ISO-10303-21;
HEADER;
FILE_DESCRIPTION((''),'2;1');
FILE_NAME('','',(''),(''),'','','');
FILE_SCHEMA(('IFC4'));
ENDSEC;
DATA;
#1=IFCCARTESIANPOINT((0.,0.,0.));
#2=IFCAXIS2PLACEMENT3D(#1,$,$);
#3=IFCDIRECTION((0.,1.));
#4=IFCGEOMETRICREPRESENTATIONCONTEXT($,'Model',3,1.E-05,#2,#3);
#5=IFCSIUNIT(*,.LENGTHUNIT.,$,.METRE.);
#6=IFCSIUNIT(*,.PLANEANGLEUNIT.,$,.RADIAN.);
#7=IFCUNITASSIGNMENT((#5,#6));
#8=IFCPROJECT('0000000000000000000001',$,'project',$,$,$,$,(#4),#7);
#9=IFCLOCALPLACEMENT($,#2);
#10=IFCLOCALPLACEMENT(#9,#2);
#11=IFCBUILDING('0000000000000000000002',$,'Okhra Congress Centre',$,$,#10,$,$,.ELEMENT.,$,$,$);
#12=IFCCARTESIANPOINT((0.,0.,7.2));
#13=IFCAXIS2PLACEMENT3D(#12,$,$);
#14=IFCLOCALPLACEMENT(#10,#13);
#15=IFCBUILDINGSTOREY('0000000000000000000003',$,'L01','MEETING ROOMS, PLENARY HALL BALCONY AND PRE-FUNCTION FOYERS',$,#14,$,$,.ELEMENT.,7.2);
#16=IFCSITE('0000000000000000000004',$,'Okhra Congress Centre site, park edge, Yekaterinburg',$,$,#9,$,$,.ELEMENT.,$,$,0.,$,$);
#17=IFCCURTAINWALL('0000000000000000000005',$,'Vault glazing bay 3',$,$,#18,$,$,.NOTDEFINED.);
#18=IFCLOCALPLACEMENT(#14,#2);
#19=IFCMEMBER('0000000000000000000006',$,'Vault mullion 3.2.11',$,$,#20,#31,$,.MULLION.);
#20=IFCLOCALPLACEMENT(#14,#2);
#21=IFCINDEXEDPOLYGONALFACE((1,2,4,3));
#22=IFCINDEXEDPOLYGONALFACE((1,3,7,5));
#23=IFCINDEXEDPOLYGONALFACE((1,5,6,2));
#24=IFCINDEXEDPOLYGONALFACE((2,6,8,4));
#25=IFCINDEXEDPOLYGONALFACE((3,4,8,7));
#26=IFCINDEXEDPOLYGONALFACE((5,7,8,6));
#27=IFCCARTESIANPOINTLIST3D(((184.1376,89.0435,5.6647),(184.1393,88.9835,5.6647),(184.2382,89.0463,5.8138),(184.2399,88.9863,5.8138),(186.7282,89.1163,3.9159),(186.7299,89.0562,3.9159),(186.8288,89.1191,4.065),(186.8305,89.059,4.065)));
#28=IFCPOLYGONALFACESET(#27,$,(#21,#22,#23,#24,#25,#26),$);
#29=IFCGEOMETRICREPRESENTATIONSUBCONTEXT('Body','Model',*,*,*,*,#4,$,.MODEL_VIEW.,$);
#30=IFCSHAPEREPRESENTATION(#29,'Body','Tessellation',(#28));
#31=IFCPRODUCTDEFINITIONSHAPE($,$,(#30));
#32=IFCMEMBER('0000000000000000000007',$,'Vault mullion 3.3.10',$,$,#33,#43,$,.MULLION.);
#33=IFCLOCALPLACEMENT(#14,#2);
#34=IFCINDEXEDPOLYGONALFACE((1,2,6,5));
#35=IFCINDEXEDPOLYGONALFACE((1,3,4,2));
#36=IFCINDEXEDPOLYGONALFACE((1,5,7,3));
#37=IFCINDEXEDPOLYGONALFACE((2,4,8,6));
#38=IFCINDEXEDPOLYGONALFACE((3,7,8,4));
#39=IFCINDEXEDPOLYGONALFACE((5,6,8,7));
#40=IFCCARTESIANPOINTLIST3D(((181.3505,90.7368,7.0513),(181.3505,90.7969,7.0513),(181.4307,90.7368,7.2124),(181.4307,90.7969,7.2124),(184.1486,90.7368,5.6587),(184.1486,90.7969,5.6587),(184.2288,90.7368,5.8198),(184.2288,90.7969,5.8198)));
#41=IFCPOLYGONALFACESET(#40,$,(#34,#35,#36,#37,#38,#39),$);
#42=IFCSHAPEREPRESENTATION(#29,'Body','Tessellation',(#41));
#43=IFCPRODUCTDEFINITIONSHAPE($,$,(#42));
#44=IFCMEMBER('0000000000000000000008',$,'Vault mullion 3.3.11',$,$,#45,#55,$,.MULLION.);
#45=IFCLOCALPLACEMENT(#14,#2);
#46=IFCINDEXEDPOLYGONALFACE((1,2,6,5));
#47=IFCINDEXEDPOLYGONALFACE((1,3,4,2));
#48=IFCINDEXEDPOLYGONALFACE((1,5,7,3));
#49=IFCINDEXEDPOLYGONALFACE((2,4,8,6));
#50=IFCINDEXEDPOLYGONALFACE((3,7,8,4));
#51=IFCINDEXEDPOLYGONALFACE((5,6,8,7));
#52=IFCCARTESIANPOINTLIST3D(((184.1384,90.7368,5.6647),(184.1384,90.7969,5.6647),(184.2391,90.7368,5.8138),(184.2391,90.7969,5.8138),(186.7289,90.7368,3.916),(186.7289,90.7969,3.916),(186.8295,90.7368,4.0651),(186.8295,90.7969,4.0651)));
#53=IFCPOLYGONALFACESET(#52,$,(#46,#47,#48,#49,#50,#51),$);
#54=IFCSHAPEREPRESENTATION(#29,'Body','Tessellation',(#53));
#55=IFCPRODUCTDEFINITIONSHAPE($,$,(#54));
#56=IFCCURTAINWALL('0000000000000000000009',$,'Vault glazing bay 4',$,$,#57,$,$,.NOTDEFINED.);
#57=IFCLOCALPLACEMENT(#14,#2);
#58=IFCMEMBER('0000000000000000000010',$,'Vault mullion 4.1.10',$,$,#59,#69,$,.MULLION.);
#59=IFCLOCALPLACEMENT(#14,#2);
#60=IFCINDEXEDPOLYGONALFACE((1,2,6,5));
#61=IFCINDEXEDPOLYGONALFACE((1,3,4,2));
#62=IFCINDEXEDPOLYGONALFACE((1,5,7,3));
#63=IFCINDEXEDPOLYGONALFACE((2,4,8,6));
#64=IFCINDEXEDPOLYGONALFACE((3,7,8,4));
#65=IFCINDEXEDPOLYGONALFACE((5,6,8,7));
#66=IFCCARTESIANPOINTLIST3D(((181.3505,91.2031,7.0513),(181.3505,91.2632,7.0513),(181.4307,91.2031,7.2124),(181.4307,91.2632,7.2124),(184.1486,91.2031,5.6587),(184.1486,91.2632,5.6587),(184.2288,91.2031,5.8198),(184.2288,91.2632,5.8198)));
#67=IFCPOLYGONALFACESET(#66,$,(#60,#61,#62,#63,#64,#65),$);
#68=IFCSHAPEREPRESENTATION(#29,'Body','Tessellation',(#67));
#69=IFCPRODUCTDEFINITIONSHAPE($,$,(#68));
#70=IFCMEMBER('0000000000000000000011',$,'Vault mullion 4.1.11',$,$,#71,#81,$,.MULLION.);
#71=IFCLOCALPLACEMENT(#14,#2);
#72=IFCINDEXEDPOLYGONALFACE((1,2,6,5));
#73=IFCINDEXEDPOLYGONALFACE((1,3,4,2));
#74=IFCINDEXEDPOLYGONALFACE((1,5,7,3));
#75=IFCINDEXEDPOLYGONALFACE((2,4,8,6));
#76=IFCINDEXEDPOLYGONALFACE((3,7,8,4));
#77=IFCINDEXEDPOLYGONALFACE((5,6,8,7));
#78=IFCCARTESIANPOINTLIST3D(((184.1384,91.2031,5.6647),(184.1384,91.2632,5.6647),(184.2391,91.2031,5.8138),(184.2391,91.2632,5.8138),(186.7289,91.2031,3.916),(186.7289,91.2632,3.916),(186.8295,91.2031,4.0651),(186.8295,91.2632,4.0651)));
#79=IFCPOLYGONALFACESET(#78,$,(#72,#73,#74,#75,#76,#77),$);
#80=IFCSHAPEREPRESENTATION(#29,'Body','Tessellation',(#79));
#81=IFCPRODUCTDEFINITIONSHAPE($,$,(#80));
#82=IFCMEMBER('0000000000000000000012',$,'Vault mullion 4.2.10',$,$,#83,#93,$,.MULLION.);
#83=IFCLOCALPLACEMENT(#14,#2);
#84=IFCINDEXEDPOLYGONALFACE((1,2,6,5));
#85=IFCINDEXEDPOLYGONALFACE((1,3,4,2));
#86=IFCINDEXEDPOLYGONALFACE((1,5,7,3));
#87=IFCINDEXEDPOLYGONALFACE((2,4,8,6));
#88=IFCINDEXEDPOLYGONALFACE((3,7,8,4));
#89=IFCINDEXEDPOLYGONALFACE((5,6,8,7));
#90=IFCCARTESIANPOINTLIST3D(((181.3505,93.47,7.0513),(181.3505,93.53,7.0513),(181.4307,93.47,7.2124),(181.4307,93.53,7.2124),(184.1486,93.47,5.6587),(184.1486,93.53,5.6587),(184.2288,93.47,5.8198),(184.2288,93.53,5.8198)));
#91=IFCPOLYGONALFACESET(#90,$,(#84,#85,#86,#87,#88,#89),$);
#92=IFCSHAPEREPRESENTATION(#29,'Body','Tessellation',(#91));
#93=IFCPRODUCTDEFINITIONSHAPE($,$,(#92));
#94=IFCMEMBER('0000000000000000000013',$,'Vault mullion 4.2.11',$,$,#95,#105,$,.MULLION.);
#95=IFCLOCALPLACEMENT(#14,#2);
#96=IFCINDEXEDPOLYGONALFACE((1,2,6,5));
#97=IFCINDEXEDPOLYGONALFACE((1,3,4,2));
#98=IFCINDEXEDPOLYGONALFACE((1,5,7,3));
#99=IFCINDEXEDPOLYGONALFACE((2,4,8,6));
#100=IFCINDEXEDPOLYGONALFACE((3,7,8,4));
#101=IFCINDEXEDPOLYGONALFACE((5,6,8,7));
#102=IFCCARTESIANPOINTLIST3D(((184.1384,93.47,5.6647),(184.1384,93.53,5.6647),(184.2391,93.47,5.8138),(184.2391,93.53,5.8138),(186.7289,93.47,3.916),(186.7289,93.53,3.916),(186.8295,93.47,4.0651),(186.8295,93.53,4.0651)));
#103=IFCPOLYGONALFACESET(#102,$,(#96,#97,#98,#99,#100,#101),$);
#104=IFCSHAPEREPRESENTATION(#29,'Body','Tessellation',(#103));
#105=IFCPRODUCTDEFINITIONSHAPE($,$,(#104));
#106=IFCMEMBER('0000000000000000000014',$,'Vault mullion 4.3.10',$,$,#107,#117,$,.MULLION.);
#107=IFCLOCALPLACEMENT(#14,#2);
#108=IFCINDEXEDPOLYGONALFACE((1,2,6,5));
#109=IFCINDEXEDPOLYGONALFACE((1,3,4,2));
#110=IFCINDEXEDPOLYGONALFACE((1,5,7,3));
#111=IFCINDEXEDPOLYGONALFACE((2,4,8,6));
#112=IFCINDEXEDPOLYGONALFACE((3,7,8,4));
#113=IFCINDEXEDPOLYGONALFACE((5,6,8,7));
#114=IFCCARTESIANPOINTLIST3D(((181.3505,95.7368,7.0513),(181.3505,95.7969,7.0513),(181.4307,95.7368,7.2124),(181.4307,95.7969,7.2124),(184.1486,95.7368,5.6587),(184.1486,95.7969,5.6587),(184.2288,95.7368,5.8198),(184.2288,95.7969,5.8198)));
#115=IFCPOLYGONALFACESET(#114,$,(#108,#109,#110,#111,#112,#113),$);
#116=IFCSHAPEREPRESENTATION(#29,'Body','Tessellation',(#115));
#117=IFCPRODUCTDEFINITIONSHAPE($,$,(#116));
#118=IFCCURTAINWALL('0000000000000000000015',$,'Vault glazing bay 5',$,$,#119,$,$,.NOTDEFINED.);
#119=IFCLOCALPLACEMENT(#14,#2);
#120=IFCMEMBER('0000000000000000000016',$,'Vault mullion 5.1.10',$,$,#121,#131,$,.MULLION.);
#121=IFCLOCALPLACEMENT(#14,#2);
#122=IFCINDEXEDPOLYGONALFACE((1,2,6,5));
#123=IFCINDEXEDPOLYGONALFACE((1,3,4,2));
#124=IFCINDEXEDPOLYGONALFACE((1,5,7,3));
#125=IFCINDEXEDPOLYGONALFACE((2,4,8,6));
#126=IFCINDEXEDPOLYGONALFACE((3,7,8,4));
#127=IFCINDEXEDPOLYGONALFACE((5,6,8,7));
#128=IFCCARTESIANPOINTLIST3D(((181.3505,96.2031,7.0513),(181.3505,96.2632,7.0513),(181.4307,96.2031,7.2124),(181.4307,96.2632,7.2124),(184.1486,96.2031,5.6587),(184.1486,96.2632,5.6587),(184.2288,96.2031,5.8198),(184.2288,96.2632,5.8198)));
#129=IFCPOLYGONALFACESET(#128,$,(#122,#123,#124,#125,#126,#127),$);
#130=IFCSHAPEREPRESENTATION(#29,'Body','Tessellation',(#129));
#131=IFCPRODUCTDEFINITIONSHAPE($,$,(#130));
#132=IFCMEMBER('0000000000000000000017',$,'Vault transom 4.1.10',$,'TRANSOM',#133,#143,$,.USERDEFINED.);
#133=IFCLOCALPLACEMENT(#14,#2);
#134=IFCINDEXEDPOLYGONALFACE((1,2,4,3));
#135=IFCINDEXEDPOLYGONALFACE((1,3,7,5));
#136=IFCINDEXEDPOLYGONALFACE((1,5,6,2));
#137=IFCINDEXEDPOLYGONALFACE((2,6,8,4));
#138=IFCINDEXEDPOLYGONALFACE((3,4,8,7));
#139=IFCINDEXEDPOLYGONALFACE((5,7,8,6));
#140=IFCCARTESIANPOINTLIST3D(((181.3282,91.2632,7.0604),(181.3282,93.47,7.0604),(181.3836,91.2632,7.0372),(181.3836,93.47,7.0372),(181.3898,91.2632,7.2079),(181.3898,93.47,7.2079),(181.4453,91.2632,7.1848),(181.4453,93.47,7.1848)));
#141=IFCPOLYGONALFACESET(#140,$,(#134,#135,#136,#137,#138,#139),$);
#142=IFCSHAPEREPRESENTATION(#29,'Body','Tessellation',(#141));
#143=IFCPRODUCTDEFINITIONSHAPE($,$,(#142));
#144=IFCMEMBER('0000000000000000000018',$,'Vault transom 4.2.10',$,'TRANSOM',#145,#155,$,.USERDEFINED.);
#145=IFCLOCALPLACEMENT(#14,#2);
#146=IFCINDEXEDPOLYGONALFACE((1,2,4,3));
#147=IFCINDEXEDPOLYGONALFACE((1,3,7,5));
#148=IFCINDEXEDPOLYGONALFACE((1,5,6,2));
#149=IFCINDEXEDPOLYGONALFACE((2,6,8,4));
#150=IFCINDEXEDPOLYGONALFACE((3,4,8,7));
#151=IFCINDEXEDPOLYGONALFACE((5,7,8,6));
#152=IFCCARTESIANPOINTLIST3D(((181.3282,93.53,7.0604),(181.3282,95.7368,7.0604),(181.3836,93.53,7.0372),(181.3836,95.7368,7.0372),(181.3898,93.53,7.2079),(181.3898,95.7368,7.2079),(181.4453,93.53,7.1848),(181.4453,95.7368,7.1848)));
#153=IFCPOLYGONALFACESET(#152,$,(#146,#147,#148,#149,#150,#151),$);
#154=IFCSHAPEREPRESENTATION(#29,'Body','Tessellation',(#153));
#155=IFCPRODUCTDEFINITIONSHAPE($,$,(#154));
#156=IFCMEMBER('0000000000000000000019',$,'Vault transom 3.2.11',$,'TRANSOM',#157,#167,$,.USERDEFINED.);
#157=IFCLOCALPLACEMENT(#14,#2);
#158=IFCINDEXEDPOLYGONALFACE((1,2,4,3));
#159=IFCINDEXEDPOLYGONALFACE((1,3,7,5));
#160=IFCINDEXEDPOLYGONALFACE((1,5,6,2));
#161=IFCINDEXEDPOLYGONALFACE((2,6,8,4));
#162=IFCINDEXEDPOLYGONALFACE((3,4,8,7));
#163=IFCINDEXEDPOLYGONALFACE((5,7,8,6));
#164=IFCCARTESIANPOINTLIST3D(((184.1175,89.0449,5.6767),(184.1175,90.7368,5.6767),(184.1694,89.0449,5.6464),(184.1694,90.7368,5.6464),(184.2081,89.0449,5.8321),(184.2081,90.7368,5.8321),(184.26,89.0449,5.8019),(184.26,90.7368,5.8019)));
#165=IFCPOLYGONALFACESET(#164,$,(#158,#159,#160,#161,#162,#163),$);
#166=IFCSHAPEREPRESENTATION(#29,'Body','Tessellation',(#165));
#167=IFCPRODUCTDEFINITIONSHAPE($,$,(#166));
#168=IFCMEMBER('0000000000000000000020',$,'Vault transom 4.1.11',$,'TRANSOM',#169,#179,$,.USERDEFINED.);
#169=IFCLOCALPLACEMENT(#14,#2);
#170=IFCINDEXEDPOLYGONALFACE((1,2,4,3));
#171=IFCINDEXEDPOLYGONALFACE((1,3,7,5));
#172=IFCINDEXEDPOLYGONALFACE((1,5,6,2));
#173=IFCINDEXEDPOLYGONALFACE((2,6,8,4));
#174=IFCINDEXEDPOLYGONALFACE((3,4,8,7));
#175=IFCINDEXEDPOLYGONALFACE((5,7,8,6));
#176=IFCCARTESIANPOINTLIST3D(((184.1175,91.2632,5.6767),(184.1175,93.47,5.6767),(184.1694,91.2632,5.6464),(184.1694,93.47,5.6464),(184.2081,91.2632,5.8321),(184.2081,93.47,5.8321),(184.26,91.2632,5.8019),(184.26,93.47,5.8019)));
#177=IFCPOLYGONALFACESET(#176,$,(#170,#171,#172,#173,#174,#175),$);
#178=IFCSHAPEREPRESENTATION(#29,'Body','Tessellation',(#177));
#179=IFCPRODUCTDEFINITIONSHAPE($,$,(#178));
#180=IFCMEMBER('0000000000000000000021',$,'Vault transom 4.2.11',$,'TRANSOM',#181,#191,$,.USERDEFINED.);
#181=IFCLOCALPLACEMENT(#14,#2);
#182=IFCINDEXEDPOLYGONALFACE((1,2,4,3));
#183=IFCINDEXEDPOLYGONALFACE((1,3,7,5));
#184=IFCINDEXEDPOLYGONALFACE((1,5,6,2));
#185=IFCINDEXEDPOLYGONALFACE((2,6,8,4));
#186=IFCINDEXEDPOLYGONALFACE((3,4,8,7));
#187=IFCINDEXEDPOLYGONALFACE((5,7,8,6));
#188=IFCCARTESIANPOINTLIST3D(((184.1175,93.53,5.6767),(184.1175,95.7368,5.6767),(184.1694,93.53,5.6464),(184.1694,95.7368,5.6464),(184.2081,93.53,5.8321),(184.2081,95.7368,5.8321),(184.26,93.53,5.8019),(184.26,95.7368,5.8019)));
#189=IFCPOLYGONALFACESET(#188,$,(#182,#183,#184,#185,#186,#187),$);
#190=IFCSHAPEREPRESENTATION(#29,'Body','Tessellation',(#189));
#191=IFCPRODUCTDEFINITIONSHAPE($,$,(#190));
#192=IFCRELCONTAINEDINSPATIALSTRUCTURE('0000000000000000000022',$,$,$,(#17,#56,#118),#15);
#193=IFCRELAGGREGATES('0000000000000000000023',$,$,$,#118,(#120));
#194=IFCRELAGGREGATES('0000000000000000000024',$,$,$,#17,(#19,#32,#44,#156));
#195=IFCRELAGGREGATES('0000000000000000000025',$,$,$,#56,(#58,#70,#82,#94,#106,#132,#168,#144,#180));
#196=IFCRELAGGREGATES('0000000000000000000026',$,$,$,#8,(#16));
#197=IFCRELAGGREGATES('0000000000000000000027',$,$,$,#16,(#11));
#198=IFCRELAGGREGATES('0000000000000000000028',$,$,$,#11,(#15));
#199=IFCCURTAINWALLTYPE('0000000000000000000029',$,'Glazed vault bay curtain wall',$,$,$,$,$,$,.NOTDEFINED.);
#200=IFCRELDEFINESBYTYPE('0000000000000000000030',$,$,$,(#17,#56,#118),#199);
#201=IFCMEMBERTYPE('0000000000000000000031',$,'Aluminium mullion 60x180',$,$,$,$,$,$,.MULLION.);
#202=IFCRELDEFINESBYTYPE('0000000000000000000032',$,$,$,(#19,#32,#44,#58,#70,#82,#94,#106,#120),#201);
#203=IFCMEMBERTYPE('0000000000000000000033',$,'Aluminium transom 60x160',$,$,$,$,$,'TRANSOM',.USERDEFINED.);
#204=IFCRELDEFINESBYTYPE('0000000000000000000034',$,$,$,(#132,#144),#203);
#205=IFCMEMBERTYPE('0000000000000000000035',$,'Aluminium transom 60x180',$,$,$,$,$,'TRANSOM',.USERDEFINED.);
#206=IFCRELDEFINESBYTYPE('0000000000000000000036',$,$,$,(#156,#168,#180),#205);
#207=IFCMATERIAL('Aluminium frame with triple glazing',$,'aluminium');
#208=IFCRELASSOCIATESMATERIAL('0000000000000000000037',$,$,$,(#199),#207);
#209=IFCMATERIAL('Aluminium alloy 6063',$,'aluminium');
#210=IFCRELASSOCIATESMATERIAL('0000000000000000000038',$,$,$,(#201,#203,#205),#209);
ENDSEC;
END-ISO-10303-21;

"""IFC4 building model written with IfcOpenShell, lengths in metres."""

from ifc_helpers import new_model, si_unit, direction, frame, origin, origin_2d, place, context, subcontext, project, spatial, rectangle, extrude, material, material_profile, profile_set, type_object, element, aggregate, save


model = new_model("IFC4")

# Units and contexts
model_context = context("Model", 3, precision=1e-05, world=origin(), true_north=direction((0.0, 1.0)))
body_context = subcontext(model_context, "Body", "Model", "MODEL_VIEW")
ifc_project = project(units=[si_unit("LENGTHUNIT", "METRE"), si_unit("PLANEANGLEUNIT", "RADIAN")], contexts=[model_context])

# Site, building, storey
site_placement = place(None, origin())
site = spatial("IfcSite", under=ifc_project, at=site_placement, Name="Okhra Congress Centre site, park edge, Yekaterinburg", CompositionType="ELEMENT", RefElevation=0.0)
building_placement = place(site_placement, origin())
building = spatial("IfcBuilding", under=site, at=building_placement, Name="Okhra Congress Centre", CompositionType="ELEMENT")
storey_placement = place(building_placement, frame((0.0, 0.0, 7.2)))
storey = spatial("IfcBuildingStorey", under=building, at=storey_placement, Name="L01", Description="MEETING ROOMS, PLENARY HALL BALCONY AND PRE-FUNCTION FOYERS", CompositionType="ELEMENT", Elevation=7.2)

# Curtain walls, members
ifc_material_1 = material(Name="Aluminium frame with triple glazing", Category="aluminium")
curtain_wall_type = type_object("IfcCurtainWallType", Name="Glazed vault bay curtain wall", PredefinedType="NOTDEFINED", material=ifc_material_1)
curtain_wall_1_placement = place(storey_placement, origin())
curtain_wall_1 = element("IfcCurtainWall", 1, at=curtain_wall_1_placement, inside=storey, type_object=curtain_wall_type, Name="Vault glazing bay 3", PredefinedType="NOTDEFINED")
ifc_material_2 = material(Name="Aluminium alloy 6063", Category="aluminium")
ifc_material_profile_1 = material_profile(ifc_material_2, rectangle(XDim=0.0601, YDim=0.1799, at=origin_2d()), Name="AL 60x180")
ifc_profile_set_1 = profile_set([ifc_material_profile_1], Name="Aluminium alloy 6063")
member_type_1 = type_object("IfcMemberType", Name="Aluminium mullion 60x180", PredefinedType="MULLION", material=ifc_profile_set_1)
member_1_placement = place(storey_placement, frame((184.1887, 89.0149, 5.7393), z_axis=(0.828603, 0.023271, -0.559352), x_axis=(-0.028073, 0.999606, 0.0)))
member_1 = element("IfcMember", 2, at=member_1_placement, type_object=member_type_1, Name="Vault mullion 3.2.11", PredefinedType="MULLION", context=body_context, shape_type="SweptSolid", body=[
    extrude(rectangle(XDim=0.0601, YDim=0.1799, at=origin_2d()), origin(), (0.0, 0.0, 1.0), 3.1265),
])
member_2_placement = place(storey_placement, frame((181.3906, 90.7668, 7.1318), z_axis=(0.895254, 0.0, -0.445557), x_axis=(0.0, 1.0, 0.0)))
member_2 = element("IfcMember", 3, at=member_2_placement, type_object=member_type_1, Name="Vault mullion 3.3.10", PredefinedType="MULLION", context=body_context, shape_type="SweptSolid", body=[
    extrude(rectangle(XDim=0.0601, YDim=0.1799, at=origin_2d()), origin(), (0.0, 0.0, 1.0), 3.1255),
])
member_3_placement = place(storey_placement, frame((184.1887, 90.7668, 5.7393), z_axis=(0.828828, 0.0, -0.559504), x_axis=(0.0, 1.0, 0.0)))
member_3 = element("IfcMember", 4, at=member_3_placement, type_object=member_type_1, Name="Vault mullion 3.3.11", PredefinedType="MULLION", context=body_context, shape_type="SweptSolid", body=[
    extrude(rectangle(XDim=0.0601, YDim=0.1799, at=origin_2d()), origin(), (0.0, 0.0, 1.0), 3.1255),
])
curtain_wall_2_placement = place(storey_placement, origin())
curtain_wall_2 = element("IfcCurtainWall", 5, at=curtain_wall_2_placement, inside=storey, type_object=curtain_wall_type, Name="Vault glazing bay 4", PredefinedType="NOTDEFINED")
member_4_placement = place(storey_placement, frame((181.3906, 91.2332, 7.1318), z_axis=(0.895254, 0.0, -0.445557), x_axis=(0.0, 1.0, 0.0)))
member_4 = element("IfcMember", 6, at=member_4_placement, type_object=member_type_1, Name="Vault mullion 4.1.10", PredefinedType="MULLION", context=body_context, shape_type="SweptSolid", body=[
    extrude(rectangle(XDim=0.0601, YDim=0.1799, at=origin_2d()), origin(), (0.0, 0.0, 1.0), 3.1255),
])
member_5_placement = place(storey_placement, frame((184.1887, 91.2332, 5.7393), z_axis=(0.828828, 0.0, -0.559504), x_axis=(0.0, 1.0, 0.0)))
member_5 = element("IfcMember", 7, at=member_5_placement, type_object=member_type_1, Name="Vault mullion 4.1.11", PredefinedType="MULLION", context=body_context, shape_type="SweptSolid", body=[
    extrude(rectangle(XDim=0.0601, YDim=0.1799, at=origin_2d()), origin(), (0.0, 0.0, 1.0), 3.1255),
])
member_6_placement = place(storey_placement, frame((181.3906, 93.5, 7.1318), z_axis=(0.895254, 0.0, -0.445557), x_axis=(0.0, 1.0, 0.0)))
member_6 = element("IfcMember", 8, at=member_6_placement, type_object=member_type_1, Name="Vault mullion 4.2.10", PredefinedType="MULLION", context=body_context, shape_type="SweptSolid", body=[
    extrude(rectangle(XDim=0.0601, YDim=0.1799, at=origin_2d()), origin(), (0.0, 0.0, 1.0), 3.1255),
])
member_7_placement = place(storey_placement, frame((184.1887, 93.5, 5.7393), z_axis=(0.828828, 0.0, -0.559504), x_axis=(0.0, 1.0, 0.0)))
member_7 = element("IfcMember", 9, at=member_7_placement, type_object=member_type_1, Name="Vault mullion 4.2.11", PredefinedType="MULLION", context=body_context, shape_type="SweptSolid", body=[
    extrude(rectangle(XDim=0.0601, YDim=0.1799, at=origin_2d()), origin(), (0.0, 0.0, 1.0), 3.1255),
])
member_8_placement = place(storey_placement, frame((181.3906, 95.7668, 7.1318), z_axis=(0.895254, 0.0, -0.445557), x_axis=(0.0, 1.0, 0.0)))
member_8 = element("IfcMember", 10, at=member_8_placement, type_object=member_type_1, Name="Vault mullion 4.3.10", PredefinedType="MULLION", context=body_context, shape_type="SweptSolid", body=[
    extrude(rectangle(XDim=0.0601, YDim=0.1799, at=origin_2d()), origin(), (0.0, 0.0, 1.0), 3.1255),
])

# Curtain wall, member
curtain_wall_3_placement = place(storey_placement, origin())
curtain_wall_3 = element("IfcCurtainWall", 11, at=curtain_wall_3_placement, inside=storey, type_object=curtain_wall_type, Name="Vault glazing bay 5", PredefinedType="NOTDEFINED")
member_9_placement = place(storey_placement, frame((181.3906, 96.2332, 7.1318), z_axis=(0.895254, 0.0, -0.445557), x_axis=(0.0, 1.0, 0.0)))
member_9 = element("IfcMember", 12, at=member_9_placement, type_object=member_type_1, Name="Vault mullion 5.1.10", PredefinedType="MULLION", context=body_context, shape_type="SweptSolid", body=[
    extrude(rectangle(XDim=0.0601, YDim=0.1799, at=origin_2d()), origin(), (0.0, 0.0, 1.0), 3.1255),
])
aggregate(curtain_wall_3, [member_9])

# Members
ifc_material_profile_2 = material_profile(ifc_material_2, rectangle(XDim=0.0601, YDim=0.1599, at=origin_2d()), Name="AL 60x160 transom")
ifc_profile_set_2 = profile_set([ifc_material_profile_2], Name="Aluminium alloy 6063")
member_type_2 = type_object("IfcMemberType", Name="Aluminium transom 60x160", ElementType="TRANSOM", PredefinedType="USERDEFINED", material=ifc_profile_set_2)
member_10_placement = place(storey_placement, frame((181.3867, 91.2632, 7.1226), z_axis=(0.0, 1.0, 0.0), x_axis=(-0.922669, 0.0, 0.385593)))
member_10 = element("IfcMember", 13, at=member_10_placement, type_object=member_type_2, Name="Vault transom 4.1.10", ObjectType="TRANSOM", PredefinedType="USERDEFINED", context=body_context, shape_type="SweptSolid", body=[
    extrude(rectangle(XDim=0.0601, YDim=0.1599, at=origin_2d()), origin(), (0.0, 0.0, 1.0), 2.2068),
])
member_11_placement = place(storey_placement, frame((181.3867, 93.53, 7.1226), z_axis=(0.0, 1.0, 0.0), x_axis=(-0.922669, 0.0, 0.385593)))
member_11 = element("IfcMember", 14, at=member_11_placement, type_object=member_type_2, Name="Vault transom 4.2.10", ObjectType="TRANSOM", PredefinedType="USERDEFINED", context=body_context, shape_type="SweptSolid", body=[
    extrude(rectangle(XDim=0.0601, YDim=0.1599, at=origin_2d()), origin(), (0.0, 0.0, 1.0), 2.2068),
])
ifc_material_profile_3 = material_profile(ifc_material_2, rectangle(XDim=0.0601, YDim=0.1799, at=origin_2d()), Name="AL 60x180 transom")
ifc_profile_set_3 = profile_set([ifc_material_profile_3], Name="Aluminium alloy 6063")
member_type_3 = type_object("IfcMemberType", Name="Aluminium transom 60x180", ElementType="TRANSOM", PredefinedType="USERDEFINED", material=ifc_profile_set_3)
member_12_placement = place(storey_placement, frame((184.1887, 89.0449, 5.7393), z_axis=(0.0, 1.0, 0.0), x_axis=(-0.863917, 0.0, 0.503634)))
member_12 = element("IfcMember", 15, at=member_12_placement, type_object=member_type_3, Name="Vault transom 3.2.11", ObjectType="TRANSOM", PredefinedType="USERDEFINED", context=body_context, shape_type="SweptSolid", body=[
    extrude(rectangle(XDim=0.0601, YDim=0.1799, at=origin_2d()), origin(), (0.0, 0.0, 1.0), 1.6919),
])
member_13_placement = place(storey_placement, frame((184.1887, 91.2632, 5.7393), z_axis=(0.0, 1.0, 0.0), x_axis=(-0.863917, 0.0, 0.503634)))
member_13 = element("IfcMember", 16, at=member_13_placement, type_object=member_type_3, Name="Vault transom 4.1.11", ObjectType="TRANSOM", PredefinedType="USERDEFINED", context=body_context, shape_type="SweptSolid", body=[
    extrude(rectangle(XDim=0.0601, YDim=0.1799, at=origin_2d()), origin(), (0.0, 0.0, 1.0), 2.2068),
])
member_14_placement = place(storey_placement, frame((184.1887, 93.53, 5.7393), z_axis=(0.0, 1.0, 0.0), x_axis=(-0.863917, 0.0, 0.503634)))
member_14 = element("IfcMember", 17, at=member_14_placement, type_object=member_type_3, Name="Vault transom 4.2.11", ObjectType="TRANSOM", PredefinedType="USERDEFINED", context=body_context, shape_type="SweptSolid", body=[
    extrude(rectangle(XDim=0.0601, YDim=0.1799, at=origin_2d()), origin(), (0.0, 0.0, 1.0), 2.2068),
])

aggregate(curtain_wall_1, [member_1, member_2, member_3, member_12])
aggregate(curtain_wall_2, [member_4, member_5, member_6, member_7, member_8, member_10, member_13, member_11, member_14])

save(model, "model.ifc")
